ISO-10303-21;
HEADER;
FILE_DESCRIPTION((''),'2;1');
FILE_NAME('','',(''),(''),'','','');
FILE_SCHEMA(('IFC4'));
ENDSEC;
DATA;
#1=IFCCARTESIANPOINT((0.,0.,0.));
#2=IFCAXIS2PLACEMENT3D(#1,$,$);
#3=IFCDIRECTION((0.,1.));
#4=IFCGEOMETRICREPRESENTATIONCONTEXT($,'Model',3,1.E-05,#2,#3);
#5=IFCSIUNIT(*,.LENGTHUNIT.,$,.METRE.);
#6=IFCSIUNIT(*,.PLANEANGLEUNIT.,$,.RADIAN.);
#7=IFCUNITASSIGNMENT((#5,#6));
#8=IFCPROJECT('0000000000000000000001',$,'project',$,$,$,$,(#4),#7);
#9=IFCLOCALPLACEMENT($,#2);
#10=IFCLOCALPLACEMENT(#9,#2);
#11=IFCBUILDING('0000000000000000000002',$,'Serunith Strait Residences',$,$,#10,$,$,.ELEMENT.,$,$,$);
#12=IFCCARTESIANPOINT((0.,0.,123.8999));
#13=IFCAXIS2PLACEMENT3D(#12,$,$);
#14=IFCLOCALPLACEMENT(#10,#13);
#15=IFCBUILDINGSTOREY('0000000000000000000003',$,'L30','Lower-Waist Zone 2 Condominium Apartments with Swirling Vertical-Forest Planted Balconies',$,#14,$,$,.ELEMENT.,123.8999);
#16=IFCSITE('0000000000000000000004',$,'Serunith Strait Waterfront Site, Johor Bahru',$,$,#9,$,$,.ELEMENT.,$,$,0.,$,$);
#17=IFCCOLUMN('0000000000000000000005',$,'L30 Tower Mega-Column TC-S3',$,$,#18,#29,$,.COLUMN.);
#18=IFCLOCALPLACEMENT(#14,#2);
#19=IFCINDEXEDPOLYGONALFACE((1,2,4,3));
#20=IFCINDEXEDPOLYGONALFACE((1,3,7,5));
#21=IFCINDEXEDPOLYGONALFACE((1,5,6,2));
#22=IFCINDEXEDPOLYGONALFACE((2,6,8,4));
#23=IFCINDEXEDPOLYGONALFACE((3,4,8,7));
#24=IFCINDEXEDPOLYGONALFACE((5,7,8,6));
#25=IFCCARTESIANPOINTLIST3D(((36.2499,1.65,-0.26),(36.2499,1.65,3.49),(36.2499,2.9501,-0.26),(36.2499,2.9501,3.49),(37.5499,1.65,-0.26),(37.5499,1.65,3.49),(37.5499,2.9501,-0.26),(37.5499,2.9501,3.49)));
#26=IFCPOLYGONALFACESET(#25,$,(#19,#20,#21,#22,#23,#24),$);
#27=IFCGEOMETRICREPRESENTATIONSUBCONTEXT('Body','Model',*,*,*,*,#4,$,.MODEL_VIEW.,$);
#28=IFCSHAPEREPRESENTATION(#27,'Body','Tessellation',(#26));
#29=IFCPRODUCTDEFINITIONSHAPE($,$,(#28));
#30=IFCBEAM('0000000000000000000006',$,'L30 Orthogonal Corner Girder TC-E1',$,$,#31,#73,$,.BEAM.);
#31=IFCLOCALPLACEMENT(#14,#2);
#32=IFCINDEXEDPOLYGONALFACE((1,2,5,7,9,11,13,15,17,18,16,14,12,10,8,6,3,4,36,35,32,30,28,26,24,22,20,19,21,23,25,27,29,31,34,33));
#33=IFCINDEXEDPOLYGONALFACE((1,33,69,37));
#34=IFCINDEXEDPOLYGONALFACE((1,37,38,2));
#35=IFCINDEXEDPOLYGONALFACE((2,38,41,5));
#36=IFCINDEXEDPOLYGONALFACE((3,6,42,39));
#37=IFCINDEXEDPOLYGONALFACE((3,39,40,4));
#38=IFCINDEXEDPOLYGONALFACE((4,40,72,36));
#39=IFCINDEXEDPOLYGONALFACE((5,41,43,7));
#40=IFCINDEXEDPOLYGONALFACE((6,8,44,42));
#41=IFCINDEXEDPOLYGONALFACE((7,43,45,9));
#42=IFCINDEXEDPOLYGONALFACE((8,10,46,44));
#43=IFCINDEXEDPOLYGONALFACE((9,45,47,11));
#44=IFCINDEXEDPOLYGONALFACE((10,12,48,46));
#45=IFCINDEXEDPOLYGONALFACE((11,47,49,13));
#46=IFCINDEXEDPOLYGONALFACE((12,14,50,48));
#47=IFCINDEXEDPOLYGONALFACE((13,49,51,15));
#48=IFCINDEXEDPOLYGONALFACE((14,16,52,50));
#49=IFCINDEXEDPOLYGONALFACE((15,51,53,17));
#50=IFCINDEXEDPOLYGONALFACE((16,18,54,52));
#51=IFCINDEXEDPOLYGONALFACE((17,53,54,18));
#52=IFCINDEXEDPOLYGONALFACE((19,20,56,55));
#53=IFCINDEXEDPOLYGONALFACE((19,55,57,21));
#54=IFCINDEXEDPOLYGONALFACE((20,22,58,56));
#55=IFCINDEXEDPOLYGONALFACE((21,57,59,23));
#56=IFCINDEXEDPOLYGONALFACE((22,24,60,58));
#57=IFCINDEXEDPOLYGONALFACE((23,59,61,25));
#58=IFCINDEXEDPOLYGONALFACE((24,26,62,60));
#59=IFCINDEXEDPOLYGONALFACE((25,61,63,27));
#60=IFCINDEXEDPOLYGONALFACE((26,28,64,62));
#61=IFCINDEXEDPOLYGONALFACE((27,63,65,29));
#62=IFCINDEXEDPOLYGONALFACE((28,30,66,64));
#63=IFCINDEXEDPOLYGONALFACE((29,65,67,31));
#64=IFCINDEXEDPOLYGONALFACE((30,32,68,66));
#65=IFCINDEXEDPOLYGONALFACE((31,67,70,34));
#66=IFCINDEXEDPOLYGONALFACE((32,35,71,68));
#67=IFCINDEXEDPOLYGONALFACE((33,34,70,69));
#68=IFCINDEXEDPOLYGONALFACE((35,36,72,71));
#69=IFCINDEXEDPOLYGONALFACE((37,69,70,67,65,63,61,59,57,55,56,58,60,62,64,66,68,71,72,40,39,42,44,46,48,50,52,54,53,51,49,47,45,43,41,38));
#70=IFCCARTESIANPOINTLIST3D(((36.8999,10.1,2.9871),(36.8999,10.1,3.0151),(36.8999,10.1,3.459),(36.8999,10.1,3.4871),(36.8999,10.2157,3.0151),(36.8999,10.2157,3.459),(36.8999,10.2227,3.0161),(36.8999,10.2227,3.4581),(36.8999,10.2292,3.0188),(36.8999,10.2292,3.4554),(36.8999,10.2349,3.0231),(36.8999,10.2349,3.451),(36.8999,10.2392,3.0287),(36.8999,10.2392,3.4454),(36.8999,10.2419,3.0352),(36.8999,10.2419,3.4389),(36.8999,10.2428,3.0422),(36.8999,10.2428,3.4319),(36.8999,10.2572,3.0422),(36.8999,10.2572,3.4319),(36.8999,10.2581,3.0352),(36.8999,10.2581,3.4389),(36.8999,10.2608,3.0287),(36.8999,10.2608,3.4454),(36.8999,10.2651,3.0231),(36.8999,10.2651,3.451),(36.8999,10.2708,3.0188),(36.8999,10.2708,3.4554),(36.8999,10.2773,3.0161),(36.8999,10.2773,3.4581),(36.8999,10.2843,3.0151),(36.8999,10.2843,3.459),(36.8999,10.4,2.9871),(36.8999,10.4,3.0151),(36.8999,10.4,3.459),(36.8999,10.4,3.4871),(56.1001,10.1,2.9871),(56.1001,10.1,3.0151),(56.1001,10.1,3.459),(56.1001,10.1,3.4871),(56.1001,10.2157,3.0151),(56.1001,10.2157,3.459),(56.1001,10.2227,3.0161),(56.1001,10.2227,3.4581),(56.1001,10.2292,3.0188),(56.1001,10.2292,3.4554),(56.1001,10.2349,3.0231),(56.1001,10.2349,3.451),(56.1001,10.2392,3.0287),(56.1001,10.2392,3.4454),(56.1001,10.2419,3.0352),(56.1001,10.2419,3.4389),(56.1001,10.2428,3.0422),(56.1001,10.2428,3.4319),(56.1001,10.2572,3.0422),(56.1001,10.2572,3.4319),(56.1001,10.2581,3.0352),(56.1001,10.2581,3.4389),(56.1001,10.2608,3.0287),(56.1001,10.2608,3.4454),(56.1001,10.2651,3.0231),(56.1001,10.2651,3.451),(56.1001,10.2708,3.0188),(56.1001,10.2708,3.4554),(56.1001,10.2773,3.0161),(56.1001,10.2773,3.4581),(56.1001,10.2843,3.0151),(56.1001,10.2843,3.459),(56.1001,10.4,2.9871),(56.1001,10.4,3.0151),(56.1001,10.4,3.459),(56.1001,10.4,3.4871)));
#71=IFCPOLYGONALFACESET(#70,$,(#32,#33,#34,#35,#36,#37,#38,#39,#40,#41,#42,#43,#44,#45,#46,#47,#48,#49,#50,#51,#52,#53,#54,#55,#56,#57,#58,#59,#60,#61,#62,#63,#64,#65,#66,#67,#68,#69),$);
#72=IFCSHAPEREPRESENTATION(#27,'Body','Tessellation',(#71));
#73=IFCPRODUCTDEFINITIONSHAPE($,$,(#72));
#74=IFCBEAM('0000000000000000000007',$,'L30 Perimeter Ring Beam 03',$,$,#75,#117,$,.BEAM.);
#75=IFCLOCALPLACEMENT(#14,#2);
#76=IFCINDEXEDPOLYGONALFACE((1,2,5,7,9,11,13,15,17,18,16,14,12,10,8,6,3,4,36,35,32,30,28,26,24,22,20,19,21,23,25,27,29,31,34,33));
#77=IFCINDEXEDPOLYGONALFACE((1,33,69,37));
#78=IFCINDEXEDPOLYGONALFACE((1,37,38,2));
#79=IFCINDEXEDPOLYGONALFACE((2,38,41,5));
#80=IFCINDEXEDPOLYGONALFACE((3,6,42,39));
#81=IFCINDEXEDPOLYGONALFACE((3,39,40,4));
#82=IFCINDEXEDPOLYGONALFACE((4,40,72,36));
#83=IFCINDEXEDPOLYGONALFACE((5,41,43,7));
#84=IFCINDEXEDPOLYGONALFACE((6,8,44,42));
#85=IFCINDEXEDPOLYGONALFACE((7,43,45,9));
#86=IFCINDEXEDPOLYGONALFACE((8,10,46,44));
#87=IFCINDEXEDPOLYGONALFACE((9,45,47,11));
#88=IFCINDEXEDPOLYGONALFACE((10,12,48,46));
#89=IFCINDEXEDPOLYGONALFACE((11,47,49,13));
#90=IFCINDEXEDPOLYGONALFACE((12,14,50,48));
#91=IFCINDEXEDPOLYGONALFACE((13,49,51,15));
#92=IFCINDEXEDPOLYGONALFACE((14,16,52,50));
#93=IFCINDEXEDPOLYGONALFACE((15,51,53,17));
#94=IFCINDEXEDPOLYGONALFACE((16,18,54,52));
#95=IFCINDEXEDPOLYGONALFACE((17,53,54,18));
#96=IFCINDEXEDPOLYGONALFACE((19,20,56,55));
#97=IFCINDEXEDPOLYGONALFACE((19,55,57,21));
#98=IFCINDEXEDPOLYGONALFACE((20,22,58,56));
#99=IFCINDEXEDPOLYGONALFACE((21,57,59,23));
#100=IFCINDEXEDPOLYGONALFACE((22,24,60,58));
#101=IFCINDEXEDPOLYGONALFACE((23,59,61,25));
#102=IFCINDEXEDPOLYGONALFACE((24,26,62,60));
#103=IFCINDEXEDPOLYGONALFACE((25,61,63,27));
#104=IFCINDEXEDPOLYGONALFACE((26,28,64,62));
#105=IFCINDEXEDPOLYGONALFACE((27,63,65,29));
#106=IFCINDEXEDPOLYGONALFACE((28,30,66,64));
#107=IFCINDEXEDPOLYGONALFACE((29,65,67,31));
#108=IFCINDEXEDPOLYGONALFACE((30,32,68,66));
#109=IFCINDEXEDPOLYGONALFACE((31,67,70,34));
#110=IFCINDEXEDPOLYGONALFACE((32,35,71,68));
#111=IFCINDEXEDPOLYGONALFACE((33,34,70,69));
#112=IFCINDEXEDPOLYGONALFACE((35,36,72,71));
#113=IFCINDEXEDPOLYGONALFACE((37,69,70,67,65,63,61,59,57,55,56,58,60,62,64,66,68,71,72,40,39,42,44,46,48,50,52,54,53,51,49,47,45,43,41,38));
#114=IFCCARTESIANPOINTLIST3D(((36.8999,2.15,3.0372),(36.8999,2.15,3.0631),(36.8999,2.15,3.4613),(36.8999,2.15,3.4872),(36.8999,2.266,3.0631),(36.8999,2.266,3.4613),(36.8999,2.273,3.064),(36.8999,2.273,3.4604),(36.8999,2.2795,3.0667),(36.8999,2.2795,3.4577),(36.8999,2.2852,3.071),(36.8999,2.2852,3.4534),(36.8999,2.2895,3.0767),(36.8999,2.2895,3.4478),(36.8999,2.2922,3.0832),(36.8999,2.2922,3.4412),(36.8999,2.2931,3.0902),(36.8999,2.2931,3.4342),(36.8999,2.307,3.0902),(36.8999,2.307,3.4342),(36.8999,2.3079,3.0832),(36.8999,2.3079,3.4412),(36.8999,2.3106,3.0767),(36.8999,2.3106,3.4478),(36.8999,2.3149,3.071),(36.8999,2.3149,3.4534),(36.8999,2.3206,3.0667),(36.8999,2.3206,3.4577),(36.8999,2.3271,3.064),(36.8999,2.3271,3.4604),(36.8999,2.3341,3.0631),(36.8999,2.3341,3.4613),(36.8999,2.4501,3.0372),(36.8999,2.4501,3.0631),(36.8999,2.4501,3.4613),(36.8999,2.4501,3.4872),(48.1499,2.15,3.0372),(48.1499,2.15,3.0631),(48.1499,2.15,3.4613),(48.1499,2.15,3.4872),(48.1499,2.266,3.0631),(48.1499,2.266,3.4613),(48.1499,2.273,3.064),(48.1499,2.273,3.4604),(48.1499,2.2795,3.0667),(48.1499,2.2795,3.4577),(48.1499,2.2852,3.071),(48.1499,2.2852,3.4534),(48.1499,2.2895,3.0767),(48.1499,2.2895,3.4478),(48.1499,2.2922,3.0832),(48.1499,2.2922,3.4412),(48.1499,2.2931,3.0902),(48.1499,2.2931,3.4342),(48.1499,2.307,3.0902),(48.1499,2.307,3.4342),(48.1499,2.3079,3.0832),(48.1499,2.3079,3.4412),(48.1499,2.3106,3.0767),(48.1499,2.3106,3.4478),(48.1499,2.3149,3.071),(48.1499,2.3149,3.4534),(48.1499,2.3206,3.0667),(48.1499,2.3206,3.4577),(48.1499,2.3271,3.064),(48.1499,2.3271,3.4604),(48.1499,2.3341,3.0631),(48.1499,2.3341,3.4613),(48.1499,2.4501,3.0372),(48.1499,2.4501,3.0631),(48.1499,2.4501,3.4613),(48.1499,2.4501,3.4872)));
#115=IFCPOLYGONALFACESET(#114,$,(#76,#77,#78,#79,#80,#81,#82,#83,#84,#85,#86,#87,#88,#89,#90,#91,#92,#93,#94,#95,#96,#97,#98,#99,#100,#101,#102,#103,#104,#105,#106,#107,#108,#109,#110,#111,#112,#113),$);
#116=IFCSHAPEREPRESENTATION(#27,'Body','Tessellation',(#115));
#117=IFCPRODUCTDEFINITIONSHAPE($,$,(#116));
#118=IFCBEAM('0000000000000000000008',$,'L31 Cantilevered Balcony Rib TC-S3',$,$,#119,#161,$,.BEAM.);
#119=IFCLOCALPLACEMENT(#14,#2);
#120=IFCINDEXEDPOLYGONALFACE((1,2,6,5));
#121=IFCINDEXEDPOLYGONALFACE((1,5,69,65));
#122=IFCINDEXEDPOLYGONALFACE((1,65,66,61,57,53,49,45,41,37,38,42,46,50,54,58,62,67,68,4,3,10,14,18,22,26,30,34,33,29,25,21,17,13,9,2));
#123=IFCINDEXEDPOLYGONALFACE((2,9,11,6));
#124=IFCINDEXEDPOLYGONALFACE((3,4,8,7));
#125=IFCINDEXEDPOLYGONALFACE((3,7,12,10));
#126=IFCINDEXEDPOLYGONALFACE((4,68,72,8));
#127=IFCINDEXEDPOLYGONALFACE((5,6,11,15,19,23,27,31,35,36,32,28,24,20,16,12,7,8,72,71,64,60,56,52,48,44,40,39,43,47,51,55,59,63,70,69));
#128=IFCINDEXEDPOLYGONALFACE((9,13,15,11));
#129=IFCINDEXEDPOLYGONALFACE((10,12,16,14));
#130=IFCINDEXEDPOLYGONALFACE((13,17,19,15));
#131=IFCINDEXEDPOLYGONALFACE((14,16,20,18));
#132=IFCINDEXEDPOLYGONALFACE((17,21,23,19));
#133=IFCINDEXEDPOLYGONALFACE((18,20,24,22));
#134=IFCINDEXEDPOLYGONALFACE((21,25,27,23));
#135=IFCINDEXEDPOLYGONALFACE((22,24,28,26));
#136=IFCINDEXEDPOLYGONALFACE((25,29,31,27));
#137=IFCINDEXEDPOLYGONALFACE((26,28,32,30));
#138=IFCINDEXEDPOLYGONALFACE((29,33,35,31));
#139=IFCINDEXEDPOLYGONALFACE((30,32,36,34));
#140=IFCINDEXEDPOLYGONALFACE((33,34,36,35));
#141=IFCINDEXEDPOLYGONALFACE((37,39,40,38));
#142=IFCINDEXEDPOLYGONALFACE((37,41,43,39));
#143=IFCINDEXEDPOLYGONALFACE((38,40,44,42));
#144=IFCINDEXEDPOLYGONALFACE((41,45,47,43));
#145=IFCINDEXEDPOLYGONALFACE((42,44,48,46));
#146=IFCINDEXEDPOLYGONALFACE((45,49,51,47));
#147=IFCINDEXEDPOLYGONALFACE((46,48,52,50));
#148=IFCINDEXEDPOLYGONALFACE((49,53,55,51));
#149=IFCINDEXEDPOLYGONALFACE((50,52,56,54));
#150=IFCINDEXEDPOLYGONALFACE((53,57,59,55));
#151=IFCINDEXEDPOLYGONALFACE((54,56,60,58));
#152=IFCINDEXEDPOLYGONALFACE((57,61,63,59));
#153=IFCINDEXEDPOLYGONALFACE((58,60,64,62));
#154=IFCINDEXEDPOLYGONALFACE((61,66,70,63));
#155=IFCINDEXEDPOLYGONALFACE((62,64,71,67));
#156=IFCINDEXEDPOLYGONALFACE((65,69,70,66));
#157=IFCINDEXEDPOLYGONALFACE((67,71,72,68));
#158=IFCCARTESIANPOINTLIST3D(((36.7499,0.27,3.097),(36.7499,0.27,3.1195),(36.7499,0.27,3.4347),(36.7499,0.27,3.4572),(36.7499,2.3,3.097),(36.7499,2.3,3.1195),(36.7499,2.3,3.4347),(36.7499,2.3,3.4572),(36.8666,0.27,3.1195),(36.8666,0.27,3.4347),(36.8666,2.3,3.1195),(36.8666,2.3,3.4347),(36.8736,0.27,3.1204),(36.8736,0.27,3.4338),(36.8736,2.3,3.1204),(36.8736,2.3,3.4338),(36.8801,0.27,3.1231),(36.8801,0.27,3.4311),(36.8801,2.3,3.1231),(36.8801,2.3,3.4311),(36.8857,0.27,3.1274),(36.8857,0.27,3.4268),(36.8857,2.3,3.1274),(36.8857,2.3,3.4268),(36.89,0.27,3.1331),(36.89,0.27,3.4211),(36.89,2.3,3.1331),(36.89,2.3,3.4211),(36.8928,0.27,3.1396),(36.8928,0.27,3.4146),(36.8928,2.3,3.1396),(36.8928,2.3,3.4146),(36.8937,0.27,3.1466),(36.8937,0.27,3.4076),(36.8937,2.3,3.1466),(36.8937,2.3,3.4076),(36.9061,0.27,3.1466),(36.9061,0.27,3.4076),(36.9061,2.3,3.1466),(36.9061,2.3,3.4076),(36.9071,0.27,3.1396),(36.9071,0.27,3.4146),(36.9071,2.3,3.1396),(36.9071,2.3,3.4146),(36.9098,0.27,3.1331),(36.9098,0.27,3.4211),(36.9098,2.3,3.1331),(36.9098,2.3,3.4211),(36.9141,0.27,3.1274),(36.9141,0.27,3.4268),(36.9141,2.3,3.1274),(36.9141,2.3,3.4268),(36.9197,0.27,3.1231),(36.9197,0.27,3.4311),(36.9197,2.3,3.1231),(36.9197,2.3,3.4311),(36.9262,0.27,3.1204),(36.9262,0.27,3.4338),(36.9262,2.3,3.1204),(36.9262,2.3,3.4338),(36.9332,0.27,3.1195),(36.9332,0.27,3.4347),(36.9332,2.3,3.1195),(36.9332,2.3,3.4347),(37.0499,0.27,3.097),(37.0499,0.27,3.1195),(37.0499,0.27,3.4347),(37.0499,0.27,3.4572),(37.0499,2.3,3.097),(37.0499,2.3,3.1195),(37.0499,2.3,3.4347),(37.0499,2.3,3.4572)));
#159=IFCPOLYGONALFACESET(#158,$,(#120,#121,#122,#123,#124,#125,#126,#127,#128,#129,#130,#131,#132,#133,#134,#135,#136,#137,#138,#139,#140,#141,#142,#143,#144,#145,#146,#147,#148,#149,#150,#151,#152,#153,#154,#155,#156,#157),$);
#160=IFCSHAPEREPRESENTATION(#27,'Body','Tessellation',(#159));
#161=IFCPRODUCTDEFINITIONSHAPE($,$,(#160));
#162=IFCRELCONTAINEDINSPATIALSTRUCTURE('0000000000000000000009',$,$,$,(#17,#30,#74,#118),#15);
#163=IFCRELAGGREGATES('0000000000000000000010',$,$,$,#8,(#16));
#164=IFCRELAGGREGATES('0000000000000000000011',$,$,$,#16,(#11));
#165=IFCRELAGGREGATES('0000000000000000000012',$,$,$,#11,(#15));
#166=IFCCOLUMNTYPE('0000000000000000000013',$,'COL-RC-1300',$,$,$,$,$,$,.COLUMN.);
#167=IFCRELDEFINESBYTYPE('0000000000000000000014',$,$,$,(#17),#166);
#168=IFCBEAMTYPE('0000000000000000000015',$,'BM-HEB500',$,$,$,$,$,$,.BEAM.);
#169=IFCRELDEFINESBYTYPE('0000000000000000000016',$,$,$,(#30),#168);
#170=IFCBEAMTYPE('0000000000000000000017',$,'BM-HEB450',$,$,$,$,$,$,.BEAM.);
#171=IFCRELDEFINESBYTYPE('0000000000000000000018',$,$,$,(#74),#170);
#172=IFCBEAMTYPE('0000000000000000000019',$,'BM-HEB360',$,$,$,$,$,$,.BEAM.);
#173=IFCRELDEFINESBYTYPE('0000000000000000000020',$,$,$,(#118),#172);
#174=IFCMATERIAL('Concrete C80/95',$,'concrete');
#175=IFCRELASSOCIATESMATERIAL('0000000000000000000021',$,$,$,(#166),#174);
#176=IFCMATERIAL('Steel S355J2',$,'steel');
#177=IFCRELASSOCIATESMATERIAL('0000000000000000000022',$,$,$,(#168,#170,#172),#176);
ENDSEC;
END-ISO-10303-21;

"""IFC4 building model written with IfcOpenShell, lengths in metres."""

from ifc_helpers import new_model, si_unit, direction, frame, origin, origin_2d, place, context, subcontext, project, spatial, rectangle, i_section, extrude, source, transform, mapped, material, material_profile, profile_set, type_object, element, save


model = new_model("IFC4")

# Units and contexts
model_context = context("Model", 3, precision=1e-05, world=origin(), true_north=direction((0.0, 1.0)))
body_context = subcontext(model_context, "Body", "Model", "MODEL_VIEW")
ifc_project = project(units=[si_unit("LENGTHUNIT", "METRE"), si_unit("PLANEANGLEUNIT", "RADIAN")], contexts=[model_context])

# Site, building, storey
site_placement = place(None, origin())
site = spatial("IfcSite", under=ifc_project, at=site_placement, Name="Serunith Strait Waterfront Site, Johor Bahru", CompositionType="ELEMENT", RefElevation=0.0)
building_placement = place(site_placement, origin())
building = spatial("IfcBuilding", under=site, at=building_placement, Name="Serunith Strait Residences", CompositionType="ELEMENT")
storey_placement = place(building_placement, frame((0.0, 0.0, 123.8999)))
storey = spatial("IfcBuildingStorey", under=building, at=storey_placement, Name="L30", Description="Lower-Waist Zone 2 Condominium Apartments with Swirling Vertical-Forest Planted Balconies", CompositionType="ELEMENT", Elevation=123.8999)

# Column
ifc_material_1 = material(Name="Concrete C80/95", Category="concrete")
ifc_material_profile_1 = material_profile(ifc_material_1, rectangle(XDim=1.3, YDim=1.3, at=origin_2d()), Name="RC 1300x1300")
ifc_profile_set_1 = profile_set([ifc_material_profile_1], Name="Concrete C80/95")
column_type = type_object("IfcColumnType", Name="COL-RC-1300", PredefinedType="COLUMN", material=ifc_profile_set_1)
shared_shape_1 = source(origin(), body_context, "Body", "SweptSolid", [
    extrude(rectangle(XDim=1.3, YDim=1.3, at=origin_2d()), origin(), (0.0, 0.0, 1.0), 3.75),
])
column_placement = place(storey_placement, frame((36.8999, 2.3, -0.26), z_axis=(0.0, 0.0, 1.0), x_axis=(1.0, 0.0, 0.0)))
element("IfcColumn", 1, at=column_placement, inside=storey, type_object=column_type, Name="L30 Tower Mega-Column TC-S3", PredefinedType="COLUMN", context=body_context, shape_type="MappedRepresentation", body=[
    mapped(shared_shape_1, transform((0.0, 0.0, 0.0), scale=1.0)),
])

# Beams
ifc_material_2 = material(Name="Steel S355J2", Category="steel")
ifc_material_profile_2 = material_profile(ifc_material_2, i_section(OverallWidth=0.3, OverallDepth=0.5, WebThickness=0.0144, FlangeThickness=0.0281, FilletRadius=0.0271, at=origin_2d()), Name="HEB 500")
ifc_profile_set_2 = profile_set([ifc_material_profile_2], Name="Steel S355J2")
beam_type_1 = type_object("IfcBeamType", Name="BM-HEB500", PredefinedType="BEAM", material=ifc_profile_set_2)
shared_shape_2 = source(origin(), body_context, "Body", "SweptSolid", [
    extrude(i_section(OverallWidth=0.3, OverallDepth=0.5, WebThickness=0.0144, FlangeThickness=0.0281, FilletRadius=0.0271, at=origin_2d()), origin(), (0.0, 0.0, 1.0), 19.2002),
])
beam_1_placement = place(storey_placement, frame((36.8999, 10.25, 3.2371), z_axis=(1.0, 0.0, 0.0), x_axis=(0.0, 1.0, 0.0)))
element("IfcBeam", 2, at=beam_1_placement, inside=storey, type_object=beam_type_1, Name="L30 Orthogonal Corner Girder TC-E1", PredefinedType="BEAM", context=body_context, shape_type="MappedRepresentation", body=[
    mapped(shared_shape_2, transform((0.0, 0.0, 0.0), scale=1.0)),
])
ifc_material_profile_3 = material_profile(ifc_material_2, i_section(OverallWidth=0.3, OverallDepth=0.45, WebThickness=0.0139, FlangeThickness=0.0259, FilletRadius=0.0271, at=origin_2d()), Name="HEB 450")
ifc_profile_set_3 = profile_set([ifc_material_profile_3], Name="Steel S355J2")
beam_type_2 = type_object("IfcBeamType", Name="BM-HEB450", PredefinedType="BEAM", material=ifc_profile_set_3)
shared_shape_3 = source(origin(), body_context, "Body", "SweptSolid", [
    extrude(i_section(OverallWidth=0.3, OverallDepth=0.45, WebThickness=0.0139, FlangeThickness=0.0259, FilletRadius=0.0271, at=origin_2d()), origin(), (0.0, 0.0, 1.0), 11.25),
])
beam_2_placement = place(storey_placement, frame((36.8999, 2.3, 3.2622), z_axis=(1.0, 0.0, 0.0), x_axis=(0.0, 1.0, 0.0)))
element("IfcBeam", 3, at=beam_2_placement, inside=storey, type_object=beam_type_2, Name="L30 Perimeter Ring Beam 03", PredefinedType="BEAM", context=body_context, shape_type="MappedRepresentation", body=[
    mapped(shared_shape_3, transform((0.0, 0.0, 0.0), scale=1.0)),
])
ifc_material_profile_4 = material_profile(ifc_material_2, i_section(OverallWidth=0.3, OverallDepth=0.3601, WebThickness=0.0125, FlangeThickness=0.0225, FilletRadius=0.0271, at=origin_2d()), Name="HEB 360")
ifc_profile_set_4 = profile_set([ifc_material_profile_4], Name="Steel S355J2")
beam_type_3 = type_object("IfcBeamType", Name="BM-HEB360", PredefinedType="BEAM", material=ifc_profile_set_4)
shared_shape_4 = source(origin(), body_context, "Body", "SweptSolid", [
    extrude(i_section(OverallWidth=0.3, OverallDepth=0.3601, WebThickness=0.0125, FlangeThickness=0.0225, FilletRadius=0.0271, at=origin_2d()), origin(), (0.0, 0.0, 1.0), 2.03),
])
beam_3_placement = place(storey_placement, frame((36.8999, 2.3, 3.2771), z_axis=(0.0, -1.0, 0.0), x_axis=(1.0, 0.0, 0.0)))
element("IfcBeam", 4, at=beam_3_placement, inside=storey, type_object=beam_type_3, Name="L31 Cantilevered Balcony Rib TC-S3", PredefinedType="BEAM", context=body_context, shape_type="MappedRepresentation", body=[
    mapped(shared_shape_4, transform((0.0, 0.0, 0.0), scale=1.0)),
])

save(model, "model.ifc")
